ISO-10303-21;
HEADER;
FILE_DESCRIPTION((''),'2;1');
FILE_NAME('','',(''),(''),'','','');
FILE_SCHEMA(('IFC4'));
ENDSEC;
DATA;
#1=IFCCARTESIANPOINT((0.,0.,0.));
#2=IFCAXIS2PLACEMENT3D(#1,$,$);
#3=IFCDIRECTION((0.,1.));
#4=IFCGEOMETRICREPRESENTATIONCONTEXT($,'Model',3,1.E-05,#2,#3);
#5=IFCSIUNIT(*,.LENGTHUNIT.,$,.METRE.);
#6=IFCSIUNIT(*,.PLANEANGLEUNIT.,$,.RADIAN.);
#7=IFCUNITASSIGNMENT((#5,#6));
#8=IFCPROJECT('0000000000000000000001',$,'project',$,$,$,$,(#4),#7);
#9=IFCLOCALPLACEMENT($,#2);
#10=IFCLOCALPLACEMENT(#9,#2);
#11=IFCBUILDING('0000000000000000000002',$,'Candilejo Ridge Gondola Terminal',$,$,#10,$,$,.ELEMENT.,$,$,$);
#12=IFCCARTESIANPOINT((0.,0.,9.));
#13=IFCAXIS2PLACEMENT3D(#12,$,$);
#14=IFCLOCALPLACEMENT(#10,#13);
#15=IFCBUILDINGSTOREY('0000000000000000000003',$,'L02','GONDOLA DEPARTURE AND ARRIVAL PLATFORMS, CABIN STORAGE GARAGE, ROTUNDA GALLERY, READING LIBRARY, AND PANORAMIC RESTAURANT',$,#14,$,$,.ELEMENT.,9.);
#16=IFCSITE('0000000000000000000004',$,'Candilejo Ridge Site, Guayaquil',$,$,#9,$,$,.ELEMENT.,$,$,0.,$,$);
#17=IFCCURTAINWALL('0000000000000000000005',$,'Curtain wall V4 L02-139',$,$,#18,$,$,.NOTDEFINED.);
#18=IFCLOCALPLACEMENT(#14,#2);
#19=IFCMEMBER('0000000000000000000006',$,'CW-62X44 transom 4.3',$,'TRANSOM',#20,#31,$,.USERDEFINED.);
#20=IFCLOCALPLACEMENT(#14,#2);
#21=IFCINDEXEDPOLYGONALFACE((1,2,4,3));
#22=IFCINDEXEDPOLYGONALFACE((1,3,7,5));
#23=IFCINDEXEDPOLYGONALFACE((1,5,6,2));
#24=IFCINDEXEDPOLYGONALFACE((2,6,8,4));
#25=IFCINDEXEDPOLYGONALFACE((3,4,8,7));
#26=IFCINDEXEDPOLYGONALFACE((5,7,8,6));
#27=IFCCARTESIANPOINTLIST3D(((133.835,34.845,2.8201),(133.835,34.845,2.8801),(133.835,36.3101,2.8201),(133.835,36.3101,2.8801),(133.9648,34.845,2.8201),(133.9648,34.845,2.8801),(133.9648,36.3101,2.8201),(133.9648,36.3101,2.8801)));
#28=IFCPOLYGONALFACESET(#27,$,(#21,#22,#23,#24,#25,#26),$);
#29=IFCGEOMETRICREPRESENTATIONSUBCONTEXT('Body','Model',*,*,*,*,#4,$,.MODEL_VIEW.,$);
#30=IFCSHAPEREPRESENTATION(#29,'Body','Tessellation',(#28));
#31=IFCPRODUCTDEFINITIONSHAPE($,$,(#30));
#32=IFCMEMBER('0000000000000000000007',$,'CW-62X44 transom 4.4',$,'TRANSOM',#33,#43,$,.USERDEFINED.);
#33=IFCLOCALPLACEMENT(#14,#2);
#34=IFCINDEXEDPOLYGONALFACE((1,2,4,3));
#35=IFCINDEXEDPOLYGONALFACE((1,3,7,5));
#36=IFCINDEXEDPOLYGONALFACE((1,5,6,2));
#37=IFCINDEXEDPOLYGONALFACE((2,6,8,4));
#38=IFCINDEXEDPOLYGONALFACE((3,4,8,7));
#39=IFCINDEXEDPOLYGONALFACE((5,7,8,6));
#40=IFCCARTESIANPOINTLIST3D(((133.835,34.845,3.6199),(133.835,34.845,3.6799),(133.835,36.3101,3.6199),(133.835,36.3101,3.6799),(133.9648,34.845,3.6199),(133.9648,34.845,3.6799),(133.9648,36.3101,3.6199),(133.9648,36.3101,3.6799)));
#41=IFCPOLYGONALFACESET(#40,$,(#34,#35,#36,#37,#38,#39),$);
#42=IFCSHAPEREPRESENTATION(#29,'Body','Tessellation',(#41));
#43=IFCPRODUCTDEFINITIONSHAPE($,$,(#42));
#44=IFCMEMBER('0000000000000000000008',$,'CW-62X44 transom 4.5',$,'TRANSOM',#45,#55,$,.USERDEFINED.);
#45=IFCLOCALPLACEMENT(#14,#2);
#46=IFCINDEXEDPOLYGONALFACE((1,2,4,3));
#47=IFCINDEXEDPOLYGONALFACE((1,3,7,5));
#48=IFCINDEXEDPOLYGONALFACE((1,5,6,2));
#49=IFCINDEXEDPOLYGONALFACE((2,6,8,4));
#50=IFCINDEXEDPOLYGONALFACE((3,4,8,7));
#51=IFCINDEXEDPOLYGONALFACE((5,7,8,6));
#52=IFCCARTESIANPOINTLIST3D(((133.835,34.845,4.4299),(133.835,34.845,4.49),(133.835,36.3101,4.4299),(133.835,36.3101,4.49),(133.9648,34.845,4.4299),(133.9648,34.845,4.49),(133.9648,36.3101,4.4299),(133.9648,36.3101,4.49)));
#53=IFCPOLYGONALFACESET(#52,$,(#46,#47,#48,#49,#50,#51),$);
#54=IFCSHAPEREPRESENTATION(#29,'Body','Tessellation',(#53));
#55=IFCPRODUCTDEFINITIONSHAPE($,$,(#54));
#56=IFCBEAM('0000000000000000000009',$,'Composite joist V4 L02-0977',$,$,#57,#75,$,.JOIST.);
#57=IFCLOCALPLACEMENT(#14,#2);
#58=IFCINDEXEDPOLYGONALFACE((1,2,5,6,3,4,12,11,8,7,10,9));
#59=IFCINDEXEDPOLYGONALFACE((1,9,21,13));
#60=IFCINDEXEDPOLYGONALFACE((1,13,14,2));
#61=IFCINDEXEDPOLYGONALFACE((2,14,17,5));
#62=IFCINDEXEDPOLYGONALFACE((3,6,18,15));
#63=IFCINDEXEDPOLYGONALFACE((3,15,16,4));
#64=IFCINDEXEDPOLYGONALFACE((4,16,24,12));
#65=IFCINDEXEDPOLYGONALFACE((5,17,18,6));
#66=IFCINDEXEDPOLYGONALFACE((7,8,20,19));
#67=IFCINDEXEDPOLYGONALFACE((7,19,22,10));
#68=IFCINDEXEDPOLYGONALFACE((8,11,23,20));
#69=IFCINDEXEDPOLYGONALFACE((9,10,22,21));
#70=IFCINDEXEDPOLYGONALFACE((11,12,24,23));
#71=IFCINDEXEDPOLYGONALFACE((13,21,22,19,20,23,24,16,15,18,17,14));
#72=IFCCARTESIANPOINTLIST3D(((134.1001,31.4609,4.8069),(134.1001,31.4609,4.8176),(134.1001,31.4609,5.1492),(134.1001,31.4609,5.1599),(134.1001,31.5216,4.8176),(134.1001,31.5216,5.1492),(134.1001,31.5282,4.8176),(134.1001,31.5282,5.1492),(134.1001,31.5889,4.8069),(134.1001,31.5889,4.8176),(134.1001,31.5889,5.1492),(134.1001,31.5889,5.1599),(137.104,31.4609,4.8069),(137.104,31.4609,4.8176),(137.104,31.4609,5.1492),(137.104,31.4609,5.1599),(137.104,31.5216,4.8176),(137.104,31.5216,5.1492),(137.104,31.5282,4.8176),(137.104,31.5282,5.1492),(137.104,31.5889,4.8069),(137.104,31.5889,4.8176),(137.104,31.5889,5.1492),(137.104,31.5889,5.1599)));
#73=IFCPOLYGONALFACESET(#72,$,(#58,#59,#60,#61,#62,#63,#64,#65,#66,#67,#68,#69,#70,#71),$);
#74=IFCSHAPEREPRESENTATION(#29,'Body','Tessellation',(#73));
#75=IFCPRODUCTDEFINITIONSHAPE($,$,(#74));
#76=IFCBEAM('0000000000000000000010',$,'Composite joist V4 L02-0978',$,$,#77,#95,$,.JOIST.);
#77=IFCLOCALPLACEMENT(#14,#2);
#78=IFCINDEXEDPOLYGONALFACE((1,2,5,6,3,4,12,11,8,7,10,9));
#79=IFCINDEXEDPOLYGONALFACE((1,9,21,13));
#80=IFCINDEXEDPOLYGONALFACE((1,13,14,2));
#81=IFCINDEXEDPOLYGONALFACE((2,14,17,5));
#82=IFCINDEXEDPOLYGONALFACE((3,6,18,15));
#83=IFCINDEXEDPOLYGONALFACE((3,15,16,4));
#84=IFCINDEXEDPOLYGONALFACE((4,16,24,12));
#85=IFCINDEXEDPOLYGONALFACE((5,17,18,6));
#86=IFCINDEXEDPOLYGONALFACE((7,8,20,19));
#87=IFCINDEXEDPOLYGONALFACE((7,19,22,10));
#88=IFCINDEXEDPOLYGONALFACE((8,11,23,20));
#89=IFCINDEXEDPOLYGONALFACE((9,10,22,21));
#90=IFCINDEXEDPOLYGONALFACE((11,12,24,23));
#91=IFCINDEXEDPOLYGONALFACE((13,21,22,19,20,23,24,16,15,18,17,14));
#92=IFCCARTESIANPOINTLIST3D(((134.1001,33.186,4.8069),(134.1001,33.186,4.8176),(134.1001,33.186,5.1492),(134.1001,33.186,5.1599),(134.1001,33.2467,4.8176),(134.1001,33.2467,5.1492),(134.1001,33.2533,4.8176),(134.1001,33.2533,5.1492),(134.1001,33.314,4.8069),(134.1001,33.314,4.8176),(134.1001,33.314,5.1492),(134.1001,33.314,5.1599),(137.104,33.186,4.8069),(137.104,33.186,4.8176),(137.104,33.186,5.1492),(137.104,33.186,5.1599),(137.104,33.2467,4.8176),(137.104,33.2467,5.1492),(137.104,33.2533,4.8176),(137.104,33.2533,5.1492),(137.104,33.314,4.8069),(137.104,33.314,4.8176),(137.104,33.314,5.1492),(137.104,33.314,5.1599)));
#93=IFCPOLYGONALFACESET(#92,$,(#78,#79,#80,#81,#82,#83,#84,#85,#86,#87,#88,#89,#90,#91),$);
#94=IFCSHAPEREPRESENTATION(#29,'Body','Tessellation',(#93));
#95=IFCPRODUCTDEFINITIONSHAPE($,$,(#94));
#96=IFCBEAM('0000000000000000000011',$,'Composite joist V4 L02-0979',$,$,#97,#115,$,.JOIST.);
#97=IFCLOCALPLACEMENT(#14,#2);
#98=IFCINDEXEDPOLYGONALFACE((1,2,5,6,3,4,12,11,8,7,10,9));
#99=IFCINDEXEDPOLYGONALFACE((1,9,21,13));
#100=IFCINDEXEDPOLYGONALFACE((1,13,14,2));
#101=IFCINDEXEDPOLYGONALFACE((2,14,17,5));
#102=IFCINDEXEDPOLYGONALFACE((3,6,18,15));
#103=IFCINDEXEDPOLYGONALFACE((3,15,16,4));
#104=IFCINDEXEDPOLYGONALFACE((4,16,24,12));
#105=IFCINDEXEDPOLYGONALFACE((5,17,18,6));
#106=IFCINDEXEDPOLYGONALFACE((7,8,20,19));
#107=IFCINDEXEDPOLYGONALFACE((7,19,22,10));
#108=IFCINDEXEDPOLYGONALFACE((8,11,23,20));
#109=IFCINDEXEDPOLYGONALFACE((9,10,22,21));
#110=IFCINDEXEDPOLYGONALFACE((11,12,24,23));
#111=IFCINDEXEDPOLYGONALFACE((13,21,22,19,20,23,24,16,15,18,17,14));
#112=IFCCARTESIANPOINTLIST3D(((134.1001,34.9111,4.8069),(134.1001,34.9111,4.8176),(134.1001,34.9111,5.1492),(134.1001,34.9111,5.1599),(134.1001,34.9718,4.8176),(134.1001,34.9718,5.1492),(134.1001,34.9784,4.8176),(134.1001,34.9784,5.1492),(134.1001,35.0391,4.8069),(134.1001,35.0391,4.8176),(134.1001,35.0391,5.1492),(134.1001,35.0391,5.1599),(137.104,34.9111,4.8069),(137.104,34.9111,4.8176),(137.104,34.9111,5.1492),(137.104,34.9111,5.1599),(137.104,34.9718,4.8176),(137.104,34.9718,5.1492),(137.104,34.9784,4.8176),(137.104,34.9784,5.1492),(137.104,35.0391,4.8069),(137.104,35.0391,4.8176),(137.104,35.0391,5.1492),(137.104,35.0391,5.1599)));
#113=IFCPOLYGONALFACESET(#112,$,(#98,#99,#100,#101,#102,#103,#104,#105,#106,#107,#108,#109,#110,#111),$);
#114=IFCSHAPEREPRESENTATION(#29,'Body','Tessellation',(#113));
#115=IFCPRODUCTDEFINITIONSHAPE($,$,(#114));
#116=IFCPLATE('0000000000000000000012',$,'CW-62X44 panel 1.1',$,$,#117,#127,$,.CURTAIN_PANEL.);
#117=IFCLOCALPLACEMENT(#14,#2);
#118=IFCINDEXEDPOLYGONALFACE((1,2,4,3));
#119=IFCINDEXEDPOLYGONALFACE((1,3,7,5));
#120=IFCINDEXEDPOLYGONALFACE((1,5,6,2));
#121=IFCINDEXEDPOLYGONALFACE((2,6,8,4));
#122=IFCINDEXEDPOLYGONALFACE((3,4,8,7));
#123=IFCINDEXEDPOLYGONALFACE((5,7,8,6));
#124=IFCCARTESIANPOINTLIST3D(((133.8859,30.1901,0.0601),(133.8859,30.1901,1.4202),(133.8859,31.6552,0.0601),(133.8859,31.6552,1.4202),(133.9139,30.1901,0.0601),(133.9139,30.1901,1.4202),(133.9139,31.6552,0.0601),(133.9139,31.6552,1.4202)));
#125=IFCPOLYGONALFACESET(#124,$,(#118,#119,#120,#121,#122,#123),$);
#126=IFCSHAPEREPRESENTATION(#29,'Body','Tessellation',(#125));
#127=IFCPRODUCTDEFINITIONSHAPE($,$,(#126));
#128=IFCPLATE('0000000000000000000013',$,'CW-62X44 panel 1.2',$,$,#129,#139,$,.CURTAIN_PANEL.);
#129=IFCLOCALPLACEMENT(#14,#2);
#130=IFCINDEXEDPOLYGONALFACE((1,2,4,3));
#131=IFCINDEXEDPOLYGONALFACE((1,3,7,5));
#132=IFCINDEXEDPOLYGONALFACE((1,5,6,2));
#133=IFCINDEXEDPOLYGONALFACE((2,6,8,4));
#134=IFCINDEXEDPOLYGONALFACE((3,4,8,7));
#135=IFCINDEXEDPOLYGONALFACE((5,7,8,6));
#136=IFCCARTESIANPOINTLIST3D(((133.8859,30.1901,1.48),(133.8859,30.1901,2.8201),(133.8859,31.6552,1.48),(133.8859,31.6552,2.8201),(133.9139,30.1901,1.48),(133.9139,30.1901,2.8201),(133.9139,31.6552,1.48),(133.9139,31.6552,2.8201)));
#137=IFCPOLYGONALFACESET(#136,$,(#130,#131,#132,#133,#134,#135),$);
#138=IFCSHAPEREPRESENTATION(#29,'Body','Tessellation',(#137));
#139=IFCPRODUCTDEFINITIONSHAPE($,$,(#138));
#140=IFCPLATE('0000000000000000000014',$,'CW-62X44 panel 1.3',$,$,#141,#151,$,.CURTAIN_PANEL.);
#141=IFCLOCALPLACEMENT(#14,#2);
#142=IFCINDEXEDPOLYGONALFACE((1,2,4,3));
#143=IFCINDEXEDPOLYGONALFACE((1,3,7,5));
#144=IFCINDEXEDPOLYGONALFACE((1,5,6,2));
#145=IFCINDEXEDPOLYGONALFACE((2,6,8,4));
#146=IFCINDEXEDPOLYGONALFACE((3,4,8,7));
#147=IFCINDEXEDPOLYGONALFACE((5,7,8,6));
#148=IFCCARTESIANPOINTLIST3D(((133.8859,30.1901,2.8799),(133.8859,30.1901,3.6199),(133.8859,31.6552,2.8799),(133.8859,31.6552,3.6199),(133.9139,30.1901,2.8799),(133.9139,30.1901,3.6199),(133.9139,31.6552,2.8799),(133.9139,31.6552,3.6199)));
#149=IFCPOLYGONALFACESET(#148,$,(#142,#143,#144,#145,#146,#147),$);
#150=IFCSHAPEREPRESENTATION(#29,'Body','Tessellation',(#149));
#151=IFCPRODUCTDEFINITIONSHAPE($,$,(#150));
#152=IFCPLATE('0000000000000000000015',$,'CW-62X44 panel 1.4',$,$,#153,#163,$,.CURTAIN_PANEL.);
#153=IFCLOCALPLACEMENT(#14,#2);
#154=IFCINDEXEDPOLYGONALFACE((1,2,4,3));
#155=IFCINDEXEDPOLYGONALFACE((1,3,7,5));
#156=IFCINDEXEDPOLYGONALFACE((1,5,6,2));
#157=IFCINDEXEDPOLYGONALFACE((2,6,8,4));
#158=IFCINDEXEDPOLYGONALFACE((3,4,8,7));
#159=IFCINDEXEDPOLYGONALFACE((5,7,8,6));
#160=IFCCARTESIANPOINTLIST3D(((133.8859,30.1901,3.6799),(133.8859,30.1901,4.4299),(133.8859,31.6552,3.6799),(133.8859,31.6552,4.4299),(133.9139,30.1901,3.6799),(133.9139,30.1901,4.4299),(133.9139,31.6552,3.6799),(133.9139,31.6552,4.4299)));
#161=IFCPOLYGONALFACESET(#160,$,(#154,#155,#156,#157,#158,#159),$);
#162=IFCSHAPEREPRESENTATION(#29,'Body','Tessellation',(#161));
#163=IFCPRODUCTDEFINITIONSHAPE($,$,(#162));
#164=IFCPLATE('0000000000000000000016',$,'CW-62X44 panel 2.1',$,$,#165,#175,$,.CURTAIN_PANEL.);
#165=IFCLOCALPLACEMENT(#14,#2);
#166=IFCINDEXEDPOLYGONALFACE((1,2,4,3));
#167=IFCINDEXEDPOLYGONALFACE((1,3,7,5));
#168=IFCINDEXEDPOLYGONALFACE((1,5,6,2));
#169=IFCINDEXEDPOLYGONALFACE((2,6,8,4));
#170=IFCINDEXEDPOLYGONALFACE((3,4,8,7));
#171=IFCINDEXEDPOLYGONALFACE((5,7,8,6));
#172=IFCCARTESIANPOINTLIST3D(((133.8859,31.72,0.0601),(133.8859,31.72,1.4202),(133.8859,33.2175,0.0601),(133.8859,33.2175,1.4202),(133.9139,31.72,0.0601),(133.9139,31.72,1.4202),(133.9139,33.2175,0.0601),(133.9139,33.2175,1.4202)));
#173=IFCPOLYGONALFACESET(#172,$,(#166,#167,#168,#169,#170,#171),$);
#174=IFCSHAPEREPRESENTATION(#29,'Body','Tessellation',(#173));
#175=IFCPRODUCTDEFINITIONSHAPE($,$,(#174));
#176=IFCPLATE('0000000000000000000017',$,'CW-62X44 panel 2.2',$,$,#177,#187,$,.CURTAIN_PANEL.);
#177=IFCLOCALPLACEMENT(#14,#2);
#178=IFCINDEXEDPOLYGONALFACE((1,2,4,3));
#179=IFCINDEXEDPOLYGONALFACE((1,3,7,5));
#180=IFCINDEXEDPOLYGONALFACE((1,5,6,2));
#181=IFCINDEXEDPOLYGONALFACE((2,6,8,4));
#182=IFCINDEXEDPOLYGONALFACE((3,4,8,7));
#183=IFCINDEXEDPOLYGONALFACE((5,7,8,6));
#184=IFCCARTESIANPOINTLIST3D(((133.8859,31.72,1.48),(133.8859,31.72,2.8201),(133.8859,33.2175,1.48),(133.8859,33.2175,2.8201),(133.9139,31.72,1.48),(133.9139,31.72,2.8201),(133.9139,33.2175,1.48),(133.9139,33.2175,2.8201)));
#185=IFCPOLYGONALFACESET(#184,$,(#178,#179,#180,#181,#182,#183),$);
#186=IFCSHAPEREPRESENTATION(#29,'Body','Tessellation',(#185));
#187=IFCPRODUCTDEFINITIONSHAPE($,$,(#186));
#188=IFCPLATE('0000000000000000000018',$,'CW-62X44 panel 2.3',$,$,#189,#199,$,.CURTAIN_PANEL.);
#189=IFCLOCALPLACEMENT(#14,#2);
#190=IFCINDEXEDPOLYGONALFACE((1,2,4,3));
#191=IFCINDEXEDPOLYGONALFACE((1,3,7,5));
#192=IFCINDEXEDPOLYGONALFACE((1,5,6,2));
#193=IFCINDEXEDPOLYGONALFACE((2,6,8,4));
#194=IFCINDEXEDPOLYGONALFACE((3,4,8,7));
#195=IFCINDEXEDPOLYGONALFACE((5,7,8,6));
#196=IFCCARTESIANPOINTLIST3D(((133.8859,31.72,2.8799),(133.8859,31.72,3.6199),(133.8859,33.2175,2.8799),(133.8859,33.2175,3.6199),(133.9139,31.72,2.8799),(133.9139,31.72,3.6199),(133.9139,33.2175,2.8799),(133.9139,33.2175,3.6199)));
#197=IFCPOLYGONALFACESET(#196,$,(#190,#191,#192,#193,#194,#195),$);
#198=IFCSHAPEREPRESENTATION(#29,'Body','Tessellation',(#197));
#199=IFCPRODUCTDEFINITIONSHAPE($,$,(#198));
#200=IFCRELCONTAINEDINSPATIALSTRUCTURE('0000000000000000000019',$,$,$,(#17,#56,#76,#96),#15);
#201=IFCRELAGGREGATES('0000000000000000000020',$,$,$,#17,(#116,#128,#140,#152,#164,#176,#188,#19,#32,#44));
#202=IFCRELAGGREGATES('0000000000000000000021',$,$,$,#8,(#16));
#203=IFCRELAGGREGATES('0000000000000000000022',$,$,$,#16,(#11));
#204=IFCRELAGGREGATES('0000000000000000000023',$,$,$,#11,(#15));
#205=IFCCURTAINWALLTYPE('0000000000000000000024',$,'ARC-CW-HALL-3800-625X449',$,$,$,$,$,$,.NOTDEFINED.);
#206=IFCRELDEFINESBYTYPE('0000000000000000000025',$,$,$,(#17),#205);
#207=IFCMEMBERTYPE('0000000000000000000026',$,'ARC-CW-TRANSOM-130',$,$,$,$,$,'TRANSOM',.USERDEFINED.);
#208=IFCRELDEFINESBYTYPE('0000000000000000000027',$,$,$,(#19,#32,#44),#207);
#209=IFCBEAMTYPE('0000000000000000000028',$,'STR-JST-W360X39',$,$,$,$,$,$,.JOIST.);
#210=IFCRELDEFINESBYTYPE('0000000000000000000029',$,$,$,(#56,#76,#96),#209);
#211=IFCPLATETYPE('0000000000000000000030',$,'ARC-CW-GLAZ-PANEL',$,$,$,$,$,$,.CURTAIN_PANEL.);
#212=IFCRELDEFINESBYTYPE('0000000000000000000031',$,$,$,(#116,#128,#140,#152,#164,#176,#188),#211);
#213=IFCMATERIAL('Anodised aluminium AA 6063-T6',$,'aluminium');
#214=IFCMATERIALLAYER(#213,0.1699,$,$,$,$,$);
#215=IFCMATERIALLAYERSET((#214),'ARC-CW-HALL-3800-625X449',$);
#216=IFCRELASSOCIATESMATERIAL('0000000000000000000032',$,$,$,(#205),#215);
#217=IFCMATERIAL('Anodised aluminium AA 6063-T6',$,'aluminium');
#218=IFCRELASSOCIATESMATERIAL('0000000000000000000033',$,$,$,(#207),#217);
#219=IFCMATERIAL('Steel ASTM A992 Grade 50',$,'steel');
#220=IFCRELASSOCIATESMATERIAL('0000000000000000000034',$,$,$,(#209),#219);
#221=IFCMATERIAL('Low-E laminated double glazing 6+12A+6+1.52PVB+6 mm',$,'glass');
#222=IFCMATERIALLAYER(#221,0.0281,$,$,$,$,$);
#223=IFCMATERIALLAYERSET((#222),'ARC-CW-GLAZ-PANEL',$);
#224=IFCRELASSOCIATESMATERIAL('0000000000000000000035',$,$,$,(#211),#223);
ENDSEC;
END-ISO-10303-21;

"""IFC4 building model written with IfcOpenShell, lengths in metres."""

from ifc_helpers import new_model, si_unit, direction, frame, origin, origin_2d, place, context, subcontext, project, spatial, rectangle, i_section, extrude, material, layer, layer_set, material_profile, profile_set, type_object, element, aggregate, save


model = new_model("IFC4")

# Units and contexts
model_context = context("Model", 3, precision=1e-05, world=origin(), true_north=direction((0.0, 1.0)))
body_context = subcontext(model_context, "Body", "Model", "MODEL_VIEW")
ifc_project = project(units=[si_unit("LENGTHUNIT", "METRE"), si_unit("PLANEANGLEUNIT", "RADIAN")], contexts=[model_context])

# Site, building, storey
site_placement = place(None, origin())
site = spatial("IfcSite", under=ifc_project, at=site_placement, Name="Candilejo Ridge Site, Guayaquil", CompositionType="ELEMENT", RefElevation=0.0)
building_placement = place(site_placement, origin())
building = spatial("IfcBuilding", under=site, at=building_placement, Name="Candilejo Ridge Gondola Terminal", CompositionType="ELEMENT")
storey_placement = place(building_placement, frame((0.0, 0.0, 9.0)))
storey = spatial("IfcBuildingStorey", under=building, at=storey_placement, Name="L02", Description="GONDOLA DEPARTURE AND ARRIVAL PLATFORMS, CABIN STORAGE GARAGE, ROTUNDA GALLERY, READING LIBRARY, AND PANORAMIC RESTAURANT", CompositionType="ELEMENT", Elevation=9.0)

# Curtain wall, members
ifc_material_1 = material(Name="Anodised aluminium AA 6063-T6", Category="aluminium")
ifc_layer_1 = layer(ifc_material_1, 0.1699)
ifc_layer_set_1 = layer_set([ifc_layer_1], Name="ARC-CW-HALL-3800-625X449")
curtain_wall_type = type_object("IfcCurtainWallType", Name="ARC-CW-HALL-3800-625X449", PredefinedType="NOTDEFINED", material=ifc_layer_set_1)
curtain_wall_placement = place(storey_placement, origin())
curtain_wall = element("IfcCurtainWall", 1, at=curtain_wall_placement, inside=storey, type_object=curtain_wall_type, Name="Curtain wall V4 L02-139", PredefinedType="NOTDEFINED")
ifc_material_2 = material(Name="Anodised aluminium AA 6063-T6", Category="aluminium")
ifc_material_profile_1 = material_profile(ifc_material_2, rectangle(XDim=0.1299, YDim=0.0601, at=origin_2d()))
ifc_profile_set_1 = profile_set([ifc_material_profile_1], Name="Anodised aluminium AA 6063-T6")
member_type_1 = type_object("IfcMemberType", Name="ARC-CW-TRANSOM-130", ElementType="TRANSOM", PredefinedType="USERDEFINED", material=ifc_profile_set_1)
member_1_placement = place(storey_placement, frame((133.8999, 34.845, 2.8501), z_axis=(0.0, 1.0, 0.0), x_axis=(-1.0, 0.0, 0.0)))
member_1 = element("IfcMember", 2, at=member_1_placement, type_object=member_type_1, Name="CW-62X44 transom 4.3", ObjectType="TRANSOM", PredefinedType="USERDEFINED", context=body_context, shape_type="SweptSolid", body=[
    extrude(rectangle(XDim=0.1299, YDim=0.0601, at=origin_2d()), origin(), (0.0, 0.0, 1.0), 1.4651),
])
member_2_placement = place(storey_placement, frame((133.8999, 34.845, 3.6499), z_axis=(0.0, 1.0, 0.0), x_axis=(-1.0, 0.0, 0.0)))
member_2 = element("IfcMember", 3, at=member_2_placement, type_object=member_type_1, Name="CW-62X44 transom 4.4", ObjectType="TRANSOM", PredefinedType="USERDEFINED", context=body_context, shape_type="SweptSolid", body=[
    extrude(rectangle(XDim=0.1299, YDim=0.0601, at=origin_2d()), origin(), (0.0, 0.0, 1.0), 1.4651),
])
member_3_placement = place(storey_placement, frame((133.8999, 34.845, 4.46), z_axis=(0.0, 1.0, 0.0), x_axis=(-1.0, 0.0, 0.0)))
member_3 = element("IfcMember", 4, at=member_3_placement, type_object=member_type_1, Name="CW-62X44 transom 4.5", ObjectType="TRANSOM", PredefinedType="USERDEFINED", context=body_context, shape_type="SweptSolid", body=[
    extrude(rectangle(XDim=0.1299, YDim=0.0601, at=origin_2d()), origin(), (0.0, 0.0, 1.0), 1.4651),
])

# Beams
ifc_material_3 = material(Name="Steel ASTM A992 Grade 50", Category="steel")
ifc_material_profile_2 = material_profile(ifc_material_3, i_section(OverallWidth=0.1279, OverallDepth=0.353, WebThickness=0.0066, FlangeThickness=0.0107, at=origin_2d()))
ifc_profile_set_2 = profile_set([ifc_material_profile_2], Name="Steel ASTM A992 Grade 50")
beam_type = type_object("IfcBeamType", Name="STR-JST-W360X39", PredefinedType="JOIST", material=ifc_profile_set_2)
for number, where, z_axis, x_axis, name in (
    (5, (134.1001, 31.5249, 4.9834), (1.0, 0.0, 0.0), (0.0, 1.0, 0.0), "Composite joist V4 L02-0977"),
    (6, (134.1001, 33.25, 4.9834), (1.0, 0.0, 0.0), (0.0, 1.0, 0.0), "Composite joist V4 L02-0978"),
    (7, (134.1001, 34.9751, 4.9834), (1.0, 0.0, 0.0), (0.0, 1.0, 0.0), "Composite joist V4 L02-0979"),
):
    element("IfcBeam", number, at=place(storey_placement, frame(where, z_axis=z_axis, x_axis=x_axis)), inside=storey, type_object=beam_type, Name=name, PredefinedType="JOIST", context=body_context, shape_type="SweptSolid", body=[
        extrude(i_section(OverallWidth=0.1279, OverallDepth=0.353, WebThickness=0.0066, FlangeThickness=0.0107, at=origin_2d()), origin(), (0.0, 0.0, 1.0), 3.0039),
    ])

# Plates
ifc_material_4 = material(Name="Low-E laminated double glazing 6+12A+6+1.52PVB+6 mm", Category="glass")
ifc_layer_2 = layer(ifc_material_4, 0.0281)
ifc_layer_set_2 = layer_set([ifc_layer_2], Name="ARC-CW-GLAZ-PANEL")
plate_type = type_object("IfcPlateType", Name="ARC-CW-GLAZ-PANEL", PredefinedType="CURTAIN_PANEL", material=ifc_layer_set_2)
plate_1_placement = place(storey_placement, frame((133.8999, 30.9226, 0.0601), z_axis=(0.0, 0.0, 1.0), x_axis=(0.0, 1.0, 0.0)))
plate_1 = element("IfcPlate", 8, at=plate_1_placement, type_object=plate_type, Name="CW-62X44 panel 1.1", PredefinedType="CURTAIN_PANEL", context=body_context, shape_type="SweptSolid", body=[
    extrude(rectangle(XDim=1.4651, YDim=0.0281, at=origin_2d()), origin(), (0.0, 0.0, 1.0), 1.3601),
])
plate_2_placement = place(storey_placement, frame((133.8999, 30.9226, 1.48), z_axis=(0.0, 0.0, 1.0), x_axis=(0.0, 1.0, 0.0)))
plate_2 = element("IfcPlate", 9, at=plate_2_placement, type_object=plate_type, Name="CW-62X44 panel 1.2", PredefinedType="CURTAIN_PANEL", context=body_context, shape_type="SweptSolid", body=[
    extrude(rectangle(XDim=1.4651, YDim=0.0281, at=origin_2d()), origin(), (0.0, 0.0, 1.0), 1.3401),
])
plate_3_placement = place(storey_placement, frame((133.8999, 30.9226, 2.8799), z_axis=(0.0, 0.0, 1.0), x_axis=(0.0, 1.0, 0.0)))
plate_3 = element("IfcPlate", 10, at=plate_3_placement, type_object=plate_type, Name="CW-62X44 panel 1.3", PredefinedType="CURTAIN_PANEL", context=body_context, shape_type="SweptSolid", body=[
    extrude(rectangle(XDim=1.4651, YDim=0.0281, at=origin_2d()), origin(), (0.0, 0.0, 1.0), 0.74),
])
plate_4_placement = place(storey_placement, frame((133.8999, 30.9226, 3.6799), z_axis=(0.0, 0.0, 1.0), x_axis=(0.0, 1.0, 0.0)))
plate_4 = element("IfcPlate", 11, at=plate_4_placement, type_object=plate_type, Name="CW-62X44 panel 1.4", PredefinedType="CURTAIN_PANEL", context=body_context, shape_type="SweptSolid", body=[
    extrude(rectangle(XDim=1.4651, YDim=0.0281, at=origin_2d()), origin(), (0.0, 0.0, 1.0), 0.75),
])
plate_5_placement = place(storey_placement, frame((133.8999, 32.4688, 0.0601), z_axis=(0.0, 0.0, 1.0), x_axis=(0.0, 1.0, 0.0)))
plate_5 = element("IfcPlate", 12, at=plate_5_placement, type_object=plate_type, Name="CW-62X44 panel 2.1", PredefinedType="CURTAIN_PANEL", context=body_context, shape_type="SweptSolid", body=[
    extrude(rectangle(XDim=1.4976, YDim=0.0281, at=origin_2d()), origin(), (0.0, 0.0, 1.0), 1.3601),
])
plate_6_placement = place(storey_placement, frame((133.8999, 32.4688, 1.48), z_axis=(0.0, 0.0, 1.0), x_axis=(0.0, 1.0, 0.0)))
plate_6 = element("IfcPlate", 13, at=plate_6_placement, type_object=plate_type, Name="CW-62X44 panel 2.2", PredefinedType="CURTAIN_PANEL", context=body_context, shape_type="SweptSolid", body=[
    extrude(rectangle(XDim=1.4976, YDim=0.0281, at=origin_2d()), origin(), (0.0, 0.0, 1.0), 1.3401),
])
plate_7_placement = place(storey_placement, frame((133.8999, 32.4688, 2.8799), z_axis=(0.0, 0.0, 1.0), x_axis=(0.0, 1.0, 0.0)))
plate_7 = element("IfcPlate", 14, at=plate_7_placement, type_object=plate_type, Name="CW-62X44 panel 2.3", PredefinedType="CURTAIN_PANEL", context=body_context, shape_type="SweptSolid", body=[
    extrude(rectangle(XDim=1.4976, YDim=0.0281, at=origin_2d()), origin(), (0.0, 0.0, 1.0), 0.74),
])
aggregate(curtain_wall, [plate_1, plate_2, plate_3, plate_4, plate_5, plate_6, plate_7, member_1, member_2, member_3])

save(model, "model.ifc")
